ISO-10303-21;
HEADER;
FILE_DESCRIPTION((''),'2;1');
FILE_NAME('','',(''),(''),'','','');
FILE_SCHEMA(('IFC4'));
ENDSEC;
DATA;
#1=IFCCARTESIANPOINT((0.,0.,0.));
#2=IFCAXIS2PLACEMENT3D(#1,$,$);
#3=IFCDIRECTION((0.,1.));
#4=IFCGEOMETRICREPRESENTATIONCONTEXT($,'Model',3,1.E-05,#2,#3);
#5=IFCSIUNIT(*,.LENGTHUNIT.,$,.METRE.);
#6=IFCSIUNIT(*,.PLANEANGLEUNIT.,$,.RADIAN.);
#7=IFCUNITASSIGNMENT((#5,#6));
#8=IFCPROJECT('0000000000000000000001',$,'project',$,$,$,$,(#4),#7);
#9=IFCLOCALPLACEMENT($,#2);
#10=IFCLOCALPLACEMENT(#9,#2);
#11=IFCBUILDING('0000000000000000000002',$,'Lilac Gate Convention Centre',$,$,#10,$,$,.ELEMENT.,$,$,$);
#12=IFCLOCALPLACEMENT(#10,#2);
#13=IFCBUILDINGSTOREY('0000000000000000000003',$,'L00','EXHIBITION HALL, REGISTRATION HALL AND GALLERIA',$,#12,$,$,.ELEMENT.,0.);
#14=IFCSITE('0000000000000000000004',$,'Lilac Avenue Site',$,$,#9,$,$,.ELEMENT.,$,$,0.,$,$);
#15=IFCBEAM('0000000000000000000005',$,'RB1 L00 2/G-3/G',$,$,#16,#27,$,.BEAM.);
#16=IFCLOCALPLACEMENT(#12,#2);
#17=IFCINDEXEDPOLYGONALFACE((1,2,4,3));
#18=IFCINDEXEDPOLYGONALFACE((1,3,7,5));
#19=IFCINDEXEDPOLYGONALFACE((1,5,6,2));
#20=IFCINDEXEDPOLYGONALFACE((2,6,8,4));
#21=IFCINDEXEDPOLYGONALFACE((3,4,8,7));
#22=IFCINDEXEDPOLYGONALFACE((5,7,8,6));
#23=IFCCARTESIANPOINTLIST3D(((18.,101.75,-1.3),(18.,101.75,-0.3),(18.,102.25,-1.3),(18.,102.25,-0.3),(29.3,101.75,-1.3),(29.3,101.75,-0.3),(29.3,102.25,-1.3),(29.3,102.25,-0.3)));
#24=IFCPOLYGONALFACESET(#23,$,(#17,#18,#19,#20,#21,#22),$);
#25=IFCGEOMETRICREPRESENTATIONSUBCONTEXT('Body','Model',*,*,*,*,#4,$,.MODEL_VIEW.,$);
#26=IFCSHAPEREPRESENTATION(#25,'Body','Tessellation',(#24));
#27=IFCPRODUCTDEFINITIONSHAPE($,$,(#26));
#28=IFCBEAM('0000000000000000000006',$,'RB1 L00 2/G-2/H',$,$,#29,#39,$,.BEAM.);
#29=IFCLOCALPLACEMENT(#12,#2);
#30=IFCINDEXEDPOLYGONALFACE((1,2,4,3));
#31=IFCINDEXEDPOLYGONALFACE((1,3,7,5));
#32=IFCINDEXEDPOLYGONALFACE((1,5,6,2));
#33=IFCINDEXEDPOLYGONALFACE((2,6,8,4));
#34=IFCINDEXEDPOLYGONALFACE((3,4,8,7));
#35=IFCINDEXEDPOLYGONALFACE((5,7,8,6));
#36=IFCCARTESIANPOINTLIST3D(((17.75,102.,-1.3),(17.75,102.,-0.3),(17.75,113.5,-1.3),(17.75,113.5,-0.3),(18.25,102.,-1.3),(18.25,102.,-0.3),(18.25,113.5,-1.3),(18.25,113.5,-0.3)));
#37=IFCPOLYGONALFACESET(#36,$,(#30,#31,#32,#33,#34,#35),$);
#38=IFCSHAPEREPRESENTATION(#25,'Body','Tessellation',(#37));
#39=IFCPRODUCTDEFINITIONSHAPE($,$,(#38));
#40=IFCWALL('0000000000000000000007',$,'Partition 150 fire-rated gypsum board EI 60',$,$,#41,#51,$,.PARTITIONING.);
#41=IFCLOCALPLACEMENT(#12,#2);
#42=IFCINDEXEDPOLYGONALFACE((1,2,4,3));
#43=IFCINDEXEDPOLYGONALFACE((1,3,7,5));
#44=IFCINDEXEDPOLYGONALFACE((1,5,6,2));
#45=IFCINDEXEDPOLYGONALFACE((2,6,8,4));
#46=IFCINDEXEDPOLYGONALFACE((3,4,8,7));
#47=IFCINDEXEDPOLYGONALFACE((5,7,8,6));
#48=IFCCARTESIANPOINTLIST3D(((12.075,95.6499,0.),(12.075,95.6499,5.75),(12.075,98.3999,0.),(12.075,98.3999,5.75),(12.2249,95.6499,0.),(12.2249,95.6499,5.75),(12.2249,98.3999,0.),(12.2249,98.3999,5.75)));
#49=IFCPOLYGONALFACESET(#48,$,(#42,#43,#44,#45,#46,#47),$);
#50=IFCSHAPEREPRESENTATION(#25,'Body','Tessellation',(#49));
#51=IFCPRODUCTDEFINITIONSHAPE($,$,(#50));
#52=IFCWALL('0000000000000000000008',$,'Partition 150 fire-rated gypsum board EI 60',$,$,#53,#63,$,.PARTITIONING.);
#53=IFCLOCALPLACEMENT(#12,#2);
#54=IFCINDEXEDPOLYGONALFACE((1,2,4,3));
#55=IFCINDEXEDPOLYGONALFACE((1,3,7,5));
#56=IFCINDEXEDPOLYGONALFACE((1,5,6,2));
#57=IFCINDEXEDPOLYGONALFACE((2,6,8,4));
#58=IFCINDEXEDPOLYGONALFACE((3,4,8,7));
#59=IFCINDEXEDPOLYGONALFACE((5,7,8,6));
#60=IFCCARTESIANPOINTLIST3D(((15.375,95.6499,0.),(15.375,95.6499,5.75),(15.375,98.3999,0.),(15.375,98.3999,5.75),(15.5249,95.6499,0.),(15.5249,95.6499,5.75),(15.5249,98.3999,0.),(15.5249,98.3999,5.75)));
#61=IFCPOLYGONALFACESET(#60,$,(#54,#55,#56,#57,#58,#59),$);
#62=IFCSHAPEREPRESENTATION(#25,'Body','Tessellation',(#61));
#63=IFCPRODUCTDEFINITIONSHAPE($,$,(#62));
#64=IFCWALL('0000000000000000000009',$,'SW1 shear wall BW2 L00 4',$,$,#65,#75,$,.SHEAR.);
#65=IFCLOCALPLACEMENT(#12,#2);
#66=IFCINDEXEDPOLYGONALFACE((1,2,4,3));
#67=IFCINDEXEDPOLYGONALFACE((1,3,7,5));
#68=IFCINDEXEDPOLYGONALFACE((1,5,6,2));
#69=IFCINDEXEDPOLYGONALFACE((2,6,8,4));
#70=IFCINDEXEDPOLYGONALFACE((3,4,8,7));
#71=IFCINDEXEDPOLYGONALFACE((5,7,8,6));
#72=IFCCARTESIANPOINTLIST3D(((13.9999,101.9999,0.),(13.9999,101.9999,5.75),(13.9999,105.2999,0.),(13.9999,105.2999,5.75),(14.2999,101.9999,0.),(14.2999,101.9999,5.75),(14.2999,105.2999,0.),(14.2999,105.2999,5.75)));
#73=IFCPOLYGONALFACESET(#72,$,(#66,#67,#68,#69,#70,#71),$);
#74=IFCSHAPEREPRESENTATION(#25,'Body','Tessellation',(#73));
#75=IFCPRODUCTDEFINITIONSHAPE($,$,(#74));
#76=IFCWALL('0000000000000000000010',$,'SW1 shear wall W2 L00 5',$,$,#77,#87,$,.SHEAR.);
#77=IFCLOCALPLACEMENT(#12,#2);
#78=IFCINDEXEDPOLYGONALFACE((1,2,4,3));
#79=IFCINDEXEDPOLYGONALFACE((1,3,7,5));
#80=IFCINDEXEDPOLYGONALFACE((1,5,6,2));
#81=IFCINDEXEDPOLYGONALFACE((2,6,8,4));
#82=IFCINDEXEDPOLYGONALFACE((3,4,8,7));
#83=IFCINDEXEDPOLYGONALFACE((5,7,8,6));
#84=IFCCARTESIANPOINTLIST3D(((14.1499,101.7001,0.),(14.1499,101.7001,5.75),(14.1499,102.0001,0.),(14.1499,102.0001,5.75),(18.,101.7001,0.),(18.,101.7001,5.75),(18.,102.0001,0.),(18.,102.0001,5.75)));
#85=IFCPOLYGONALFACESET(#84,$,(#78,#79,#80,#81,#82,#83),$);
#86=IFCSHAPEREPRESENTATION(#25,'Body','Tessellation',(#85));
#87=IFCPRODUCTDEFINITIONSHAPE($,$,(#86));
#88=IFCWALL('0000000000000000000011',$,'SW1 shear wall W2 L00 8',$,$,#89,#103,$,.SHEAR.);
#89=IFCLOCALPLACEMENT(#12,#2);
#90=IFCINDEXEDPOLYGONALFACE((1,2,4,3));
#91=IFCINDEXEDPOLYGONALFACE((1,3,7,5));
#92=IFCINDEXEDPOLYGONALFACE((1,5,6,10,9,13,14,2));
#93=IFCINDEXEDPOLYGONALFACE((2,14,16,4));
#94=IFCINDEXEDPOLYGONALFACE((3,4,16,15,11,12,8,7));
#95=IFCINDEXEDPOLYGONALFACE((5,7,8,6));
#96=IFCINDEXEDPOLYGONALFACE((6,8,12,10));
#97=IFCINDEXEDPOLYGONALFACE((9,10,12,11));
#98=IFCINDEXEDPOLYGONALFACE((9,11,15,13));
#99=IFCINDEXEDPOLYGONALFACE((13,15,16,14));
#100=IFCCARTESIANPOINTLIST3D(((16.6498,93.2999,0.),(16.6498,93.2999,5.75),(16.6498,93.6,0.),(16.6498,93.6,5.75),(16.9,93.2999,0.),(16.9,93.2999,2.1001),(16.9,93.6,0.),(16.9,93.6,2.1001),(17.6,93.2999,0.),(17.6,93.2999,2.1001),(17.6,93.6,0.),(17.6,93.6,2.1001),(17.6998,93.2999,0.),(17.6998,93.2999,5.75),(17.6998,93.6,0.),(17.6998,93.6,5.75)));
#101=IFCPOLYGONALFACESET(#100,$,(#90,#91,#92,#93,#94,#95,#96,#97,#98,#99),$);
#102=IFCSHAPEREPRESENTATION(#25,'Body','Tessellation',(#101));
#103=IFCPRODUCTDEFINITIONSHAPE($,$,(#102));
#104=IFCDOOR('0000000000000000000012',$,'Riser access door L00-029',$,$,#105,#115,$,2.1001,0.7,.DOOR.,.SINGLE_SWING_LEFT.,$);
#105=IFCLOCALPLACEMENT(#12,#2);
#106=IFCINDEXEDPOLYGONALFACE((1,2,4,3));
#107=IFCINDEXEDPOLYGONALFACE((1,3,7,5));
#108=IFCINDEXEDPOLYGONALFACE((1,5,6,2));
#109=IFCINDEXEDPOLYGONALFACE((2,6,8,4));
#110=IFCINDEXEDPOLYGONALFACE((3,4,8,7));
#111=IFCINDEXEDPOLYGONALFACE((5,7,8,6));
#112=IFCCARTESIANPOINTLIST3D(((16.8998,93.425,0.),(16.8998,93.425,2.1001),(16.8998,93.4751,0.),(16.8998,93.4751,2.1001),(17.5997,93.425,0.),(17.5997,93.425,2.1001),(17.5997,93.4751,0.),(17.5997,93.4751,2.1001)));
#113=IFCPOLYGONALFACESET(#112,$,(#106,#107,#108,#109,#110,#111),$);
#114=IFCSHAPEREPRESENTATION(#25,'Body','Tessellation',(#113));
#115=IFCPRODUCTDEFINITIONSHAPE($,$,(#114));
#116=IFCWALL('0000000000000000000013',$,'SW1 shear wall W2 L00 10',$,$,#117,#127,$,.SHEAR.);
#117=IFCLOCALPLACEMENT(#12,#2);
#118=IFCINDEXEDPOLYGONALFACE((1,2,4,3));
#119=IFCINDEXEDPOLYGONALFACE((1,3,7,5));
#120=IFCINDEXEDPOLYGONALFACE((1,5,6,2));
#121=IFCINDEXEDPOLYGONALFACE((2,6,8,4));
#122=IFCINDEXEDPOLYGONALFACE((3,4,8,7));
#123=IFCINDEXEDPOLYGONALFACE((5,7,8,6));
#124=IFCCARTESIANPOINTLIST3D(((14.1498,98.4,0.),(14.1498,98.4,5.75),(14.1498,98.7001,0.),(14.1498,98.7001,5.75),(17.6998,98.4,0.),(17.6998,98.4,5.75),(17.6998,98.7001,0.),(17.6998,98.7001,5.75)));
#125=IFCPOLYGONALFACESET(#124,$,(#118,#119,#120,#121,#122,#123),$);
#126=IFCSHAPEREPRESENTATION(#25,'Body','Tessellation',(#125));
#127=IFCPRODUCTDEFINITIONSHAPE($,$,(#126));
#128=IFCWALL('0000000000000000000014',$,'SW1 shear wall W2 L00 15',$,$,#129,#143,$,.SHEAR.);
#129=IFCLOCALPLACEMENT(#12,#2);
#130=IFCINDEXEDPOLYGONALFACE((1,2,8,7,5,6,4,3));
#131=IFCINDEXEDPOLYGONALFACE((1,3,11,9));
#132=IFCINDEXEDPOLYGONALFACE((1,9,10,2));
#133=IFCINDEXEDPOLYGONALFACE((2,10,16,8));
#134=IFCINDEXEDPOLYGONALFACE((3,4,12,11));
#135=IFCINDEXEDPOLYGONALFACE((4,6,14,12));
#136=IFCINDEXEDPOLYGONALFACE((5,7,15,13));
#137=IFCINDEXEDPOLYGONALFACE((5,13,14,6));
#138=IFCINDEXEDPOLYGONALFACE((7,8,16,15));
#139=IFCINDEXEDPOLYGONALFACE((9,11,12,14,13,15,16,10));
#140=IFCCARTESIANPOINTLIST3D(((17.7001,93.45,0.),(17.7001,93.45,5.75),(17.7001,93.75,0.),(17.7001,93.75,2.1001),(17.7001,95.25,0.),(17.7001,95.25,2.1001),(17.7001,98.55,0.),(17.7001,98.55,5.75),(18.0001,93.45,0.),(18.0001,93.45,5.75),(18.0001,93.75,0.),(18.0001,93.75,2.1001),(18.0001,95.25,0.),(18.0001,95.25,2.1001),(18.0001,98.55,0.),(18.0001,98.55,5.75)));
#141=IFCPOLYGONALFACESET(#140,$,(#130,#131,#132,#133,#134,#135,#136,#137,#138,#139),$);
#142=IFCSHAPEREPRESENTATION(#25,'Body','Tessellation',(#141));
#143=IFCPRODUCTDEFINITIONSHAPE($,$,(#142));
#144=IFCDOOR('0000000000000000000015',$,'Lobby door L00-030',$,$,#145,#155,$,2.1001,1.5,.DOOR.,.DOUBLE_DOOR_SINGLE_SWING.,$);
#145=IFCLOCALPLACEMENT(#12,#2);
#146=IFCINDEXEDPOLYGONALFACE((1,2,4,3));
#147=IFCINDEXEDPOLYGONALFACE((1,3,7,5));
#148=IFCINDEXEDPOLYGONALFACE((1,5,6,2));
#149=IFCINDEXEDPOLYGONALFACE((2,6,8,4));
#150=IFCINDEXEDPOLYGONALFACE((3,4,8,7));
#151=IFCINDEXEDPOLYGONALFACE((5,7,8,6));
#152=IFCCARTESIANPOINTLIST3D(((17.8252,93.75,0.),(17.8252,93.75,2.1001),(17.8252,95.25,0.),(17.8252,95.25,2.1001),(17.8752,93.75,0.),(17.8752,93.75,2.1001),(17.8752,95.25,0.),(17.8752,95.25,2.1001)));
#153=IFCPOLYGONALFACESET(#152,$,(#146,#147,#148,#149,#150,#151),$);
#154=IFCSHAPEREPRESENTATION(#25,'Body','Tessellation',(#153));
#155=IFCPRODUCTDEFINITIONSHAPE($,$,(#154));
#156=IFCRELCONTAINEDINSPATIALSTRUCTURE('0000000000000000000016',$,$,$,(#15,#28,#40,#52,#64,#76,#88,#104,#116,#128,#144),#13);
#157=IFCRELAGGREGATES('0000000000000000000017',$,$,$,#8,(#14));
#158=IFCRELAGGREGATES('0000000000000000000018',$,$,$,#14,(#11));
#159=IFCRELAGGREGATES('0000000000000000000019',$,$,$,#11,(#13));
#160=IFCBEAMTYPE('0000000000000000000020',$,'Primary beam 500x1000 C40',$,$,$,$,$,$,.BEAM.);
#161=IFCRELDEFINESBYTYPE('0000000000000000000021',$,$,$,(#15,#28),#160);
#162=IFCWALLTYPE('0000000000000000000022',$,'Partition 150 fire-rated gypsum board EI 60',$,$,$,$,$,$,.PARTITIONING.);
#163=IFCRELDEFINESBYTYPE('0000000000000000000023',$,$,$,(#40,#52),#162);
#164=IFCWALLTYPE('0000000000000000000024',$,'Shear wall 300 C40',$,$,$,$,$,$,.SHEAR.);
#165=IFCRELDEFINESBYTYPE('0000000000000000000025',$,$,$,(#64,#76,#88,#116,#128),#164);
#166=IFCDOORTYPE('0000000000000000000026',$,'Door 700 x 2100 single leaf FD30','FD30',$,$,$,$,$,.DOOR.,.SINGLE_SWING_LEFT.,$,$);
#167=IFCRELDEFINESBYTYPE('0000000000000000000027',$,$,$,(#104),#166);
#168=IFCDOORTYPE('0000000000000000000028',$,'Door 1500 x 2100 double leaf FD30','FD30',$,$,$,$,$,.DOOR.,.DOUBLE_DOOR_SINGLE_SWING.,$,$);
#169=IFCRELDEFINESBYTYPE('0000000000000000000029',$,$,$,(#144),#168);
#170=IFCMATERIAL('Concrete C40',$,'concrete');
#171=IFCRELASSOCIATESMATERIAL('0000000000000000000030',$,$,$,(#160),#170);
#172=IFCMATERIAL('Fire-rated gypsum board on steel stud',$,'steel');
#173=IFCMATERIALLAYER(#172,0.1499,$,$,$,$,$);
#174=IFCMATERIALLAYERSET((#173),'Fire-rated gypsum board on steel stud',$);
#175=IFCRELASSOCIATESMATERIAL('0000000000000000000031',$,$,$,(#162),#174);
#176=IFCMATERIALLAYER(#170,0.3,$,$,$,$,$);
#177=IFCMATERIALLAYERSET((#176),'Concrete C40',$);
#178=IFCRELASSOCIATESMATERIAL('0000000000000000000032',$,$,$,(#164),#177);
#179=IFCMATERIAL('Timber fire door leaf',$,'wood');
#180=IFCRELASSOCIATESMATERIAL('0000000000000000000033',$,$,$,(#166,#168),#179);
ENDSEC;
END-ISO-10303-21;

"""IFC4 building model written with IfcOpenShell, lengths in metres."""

from ifc_helpers import new_model, si_unit, direction, frame, frame_2d, origin, origin_2d, place, context, subcontext, project, spatial, rectangle, extrude, material, layer, layer_set, material_profile, profile_set, type_object, element, fill, save


model = new_model("IFC4")

# Units and contexts
model_context = context("Model", 3, precision=1e-05, world=origin(), true_north=direction((0.0, 1.0)))
body_context = subcontext(model_context, "Body", "Model", "MODEL_VIEW")
ifc_project = project(units=[si_unit("LENGTHUNIT", "METRE"), si_unit("PLANEANGLEUNIT", "RADIAN")], contexts=[model_context])

# Site, building, storey
site_placement = place(None, origin())
site = spatial("IfcSite", under=ifc_project, at=site_placement, Name="Lilac Avenue Site", CompositionType="ELEMENT", RefElevation=0.0)
building_placement = place(site_placement, origin())
building = spatial("IfcBuilding", under=site, at=building_placement, Name="Lilac Gate Convention Centre", CompositionType="ELEMENT")
storey_placement = place(building_placement, origin())
storey = spatial("IfcBuildingStorey", under=building, at=storey_placement, Name="L00", Description="EXHIBITION HALL, REGISTRATION HALL AND GALLERIA", CompositionType="ELEMENT", Elevation=0.0)

# Beams
ifc_material_1 = material(Name="Concrete C40", Category="concrete")
ifc_material_profile = material_profile(ifc_material_1, rectangle(XDim=0.5, YDim=1.0, at=origin_2d()), Name="RC 500x1000")
ifc_profile_set = profile_set([ifc_material_profile], Name="Concrete C40")
beam_type = type_object("IfcBeamType", Name="Primary beam 500x1000 C40", PredefinedType="BEAM", material=ifc_profile_set)
beam_1_placement = place(storey_placement, frame((18.0, 102.0, -0.8), z_axis=(1.0, 0.0, 0.0), x_axis=(0.0, 1.0, 0.0)))
element("IfcBeam", 1, at=beam_1_placement, inside=storey, type_object=beam_type, Name="RB1 L00 2/G-3/G", PredefinedType="BEAM", context=body_context, shape_type="SweptSolid", body=[
    extrude(rectangle(XDim=0.5, YDim=1.0, at=origin_2d()), origin(), (0.0, 0.0, 1.0), 11.3),
])
beam_2_placement = place(storey_placement, frame((18.0, 102.0, -0.8), z_axis=(0.0, 1.0, 0.0), x_axis=(-1.0, 0.0, 0.0)))
element("IfcBeam", 2, at=beam_2_placement, inside=storey, type_object=beam_type, Name="RB1 L00 2/G-2/H", PredefinedType="BEAM", context=body_context, shape_type="SweptSolid", body=[
    extrude(rectangle(XDim=0.5, YDim=1.0, at=origin_2d()), origin(), (0.0, 0.0, 1.0), 11.5),
])

# Walls
ifc_material_2 = material(Name="Fire-rated gypsum board on steel stud", Category="steel")
ifc_layer_1 = layer(ifc_material_2, 0.1499)
ifc_layer_set_1 = layer_set([ifc_layer_1], Name="Fire-rated gypsum board on steel stud")
wall_type_1 = type_object("IfcWallType", Name="Partition 150 fire-rated gypsum board EI 60", PredefinedType="PARTITIONING", material=ifc_layer_set_1)
for number, where, z_axis, x_axis, name in (
    (3, (12.1499, 95.6499, 0.0), (0.0, 0.0, 1.0), (0.0, 1.0, 0.0), "Partition 150 fire-rated gypsum board EI 60"),
    (4, (15.45, 95.6499, 0.0), (0.0, 0.0, 1.0), (0.0, 1.0, 0.0), "Partition 150 fire-rated gypsum board EI 60"),
):
    element("IfcWall", number, at=place(storey_placement, frame(where, z_axis=z_axis, x_axis=x_axis)), inside=storey, type_object=wall_type_1, Name=name, PredefinedType="PARTITIONING", context=body_context, shape_type="SweptSolid", body=[
        extrude(rectangle(XDim=2.75, YDim=0.1499, at=frame_2d((1.375, 0.0))), origin(), (0.0, 0.0, 1.0), 5.75),
    ])
ifc_layer_2 = layer(ifc_material_1, 0.3)
ifc_layer_set_2 = layer_set([ifc_layer_2], Name="Concrete C40")
wall_type_2 = type_object("IfcWallType", Name="Shear wall 300 C40", PredefinedType="SHEAR", material=ifc_layer_set_2)
wall_1_placement = place(storey_placement, frame((14.1499, 102.0, 0.0), z_axis=(0.0, 0.0, 1.0), x_axis=(0.0, 1.0, 0.0)))
element("IfcWall", 5, at=wall_1_placement, inside=storey, type_object=wall_type_2, Name="SW1 shear wall BW2 L00 4", PredefinedType="SHEAR", context=body_context, shape_type="SweptSolid", body=[
    extrude(rectangle(XDim=3.3, YDim=0.3, at=frame_2d((1.6499, 0.0))), origin(), (0.0, 0.0, 1.0), 5.75),
])
wall_2_placement = place(storey_placement, frame((14.1499, 101.8501, 0.0), z_axis=(0.0, 0.0, 1.0), x_axis=(1.0, 0.0, 0.0)))
element("IfcWall", 6, at=wall_2_placement, inside=storey, type_object=wall_type_2, Name="SW1 shear wall W2 L00 5", PredefinedType="SHEAR", context=body_context, shape_type="SweptSolid", body=[
    extrude(rectangle(XDim=3.8501, YDim=0.3, at=frame_2d((1.925, 0.0))), origin(), (0.0, 0.0, 1.0), 5.75),
])

# Wall, opening, door
wall_3_placement = place(storey_placement, frame((16.6499, 93.45, 0.0), z_axis=(0.0, 0.0, 1.0), x_axis=(1.0, 0.0, 0.0)))
wall_3 = element("IfcWall", 7, at=wall_3_placement, inside=storey, type_object=wall_type_2, Name="SW1 shear wall W2 L00 8", PredefinedType="SHEAR", context=body_context, shape_type="SweptSolid", body=[
    extrude(rectangle(XDim=1.05, YDim=0.3, at=frame_2d((0.5249, 0.0))), origin(), (0.0, 0.0, 1.0), 5.75),
])
opening_1_placement = place(wall_3_placement, frame((0.25, 0.0, 0.0)))
opening_1 = element("IfcOpeningElement", 8, at=opening_1_placement, cuts=wall_3, PredefinedType="OPENING", context=body_context, shape_type="SweptSolid", body=[
    extrude(rectangle(XDim=0.7, YDim=2.1001, at=frame_2d((0.3501, 1.05))), frame((0.0, 0.1599, 0.0), z_axis=(0.0, -1.0, 0.0), x_axis=(1.0, 0.0, 0.0)), (0.0, 0.0, 1.0), 0.3201),
])
ifc_material_3 = material(Name="Timber fire door leaf", Category="wood")
door_type_1 = type_object("IfcDoorType", Name="Door 700 x 2100 single leaf FD30", Description="FD30", OperationType="SINGLE_SWING_LEFT", PredefinedType="DOOR", material=ifc_material_3)
door_1_placement = place(opening_1_placement, frame((0.7, 0.0, 0.0), z_axis=(0.0, 0.0, 1.0), x_axis=(-1.0, 0.0, 0.0)))
door_1 = element("IfcDoor", 9, at=door_1_placement, inside=storey, type_object=door_type_1, Name="Riser access door L00-029", OperationType="SINGLE_SWING_LEFT", OverallHeight=2.1001, OverallWidth=0.7, PredefinedType="DOOR", context=body_context, shape_type="SweptSolid", body=[
    extrude(rectangle(XDim=0.7, YDim=2.1001, at=frame_2d((0.3501, 1.05))), frame((0.0, 0.0249, 0.0), z_axis=(0.0, -1.0, 0.0), x_axis=(1.0, 0.0, 0.0)), (0.0, 0.0, 1.0), 0.05),
])
fill(opening_1, door_1)

# Wall
wall_4_placement = place(storey_placement, frame((14.1499, 98.55, 0.0), z_axis=(0.0, 0.0, 1.0), x_axis=(1.0, 0.0, 0.0)))
element("IfcWall", 10, at=wall_4_placement, inside=storey, type_object=wall_type_2, Name="SW1 shear wall W2 L00 10", PredefinedType="SHEAR", context=body_context, shape_type="SweptSolid", body=[
    extrude(rectangle(XDim=3.55, YDim=0.3, at=frame_2d((1.7749, 0.0))), origin(), (0.0, 0.0, 1.0), 5.75),
])

# Wall, opening, door
wall_5_placement = place(storey_placement, frame((17.8501, 93.45, 0.0), z_axis=(0.0, 0.0, 1.0), x_axis=(0.0, 1.0, 0.0)))
wall_5 = element("IfcWall", 11, at=wall_5_placement, inside=storey, type_object=wall_type_2, Name="SW1 shear wall W2 L00 15", PredefinedType="SHEAR", context=body_context, shape_type="SweptSolid", body=[
    extrude(rectangle(XDim=5.1001, YDim=0.3, at=frame_2d((2.55, 0.0))), origin(), (0.0, 0.0, 1.0), 5.75),
])
opening_2_placement = place(wall_5_placement, frame((0.3, 0.0, 0.0)))
opening_2 = element("IfcOpeningElement", 12, at=opening_2_placement, cuts=wall_5, PredefinedType="OPENING", context=body_context, shape_type="SweptSolid", body=[
    extrude(rectangle(XDim=1.5, YDim=2.1001, at=frame_2d((0.75, 1.05))), frame((0.0, 0.1599, 0.0), z_axis=(0.0, -1.0, 0.0), x_axis=(1.0, 0.0, 0.0)), (0.0, 0.0, 1.0), 0.3201),
])
door_type_2 = type_object("IfcDoorType", Name="Door 1500 x 2100 double leaf FD30", Description="FD30", OperationType="DOUBLE_DOOR_SINGLE_SWING", PredefinedType="DOOR", material=ifc_material_3)
door_2_placement = place(opening_2_placement, origin())
door_2 = element("IfcDoor", 13, at=door_2_placement, inside=storey, type_object=door_type_2, Name="Lobby door L00-030", OperationType="DOUBLE_DOOR_SINGLE_SWING", OverallHeight=2.1001, OverallWidth=1.5, PredefinedType="DOOR", context=body_context, shape_type="SweptSolid", body=[
    extrude(rectangle(XDim=1.5, YDim=2.1001, at=frame_2d((0.75, 1.05))), frame((0.0, 0.0249, 0.0), z_axis=(0.0, -1.0, 0.0), x_axis=(1.0, 0.0, 0.0)), (0.0, 0.0, 1.0), 0.05),
])
fill(opening_2, door_2)

save(model, "model.ifc")
